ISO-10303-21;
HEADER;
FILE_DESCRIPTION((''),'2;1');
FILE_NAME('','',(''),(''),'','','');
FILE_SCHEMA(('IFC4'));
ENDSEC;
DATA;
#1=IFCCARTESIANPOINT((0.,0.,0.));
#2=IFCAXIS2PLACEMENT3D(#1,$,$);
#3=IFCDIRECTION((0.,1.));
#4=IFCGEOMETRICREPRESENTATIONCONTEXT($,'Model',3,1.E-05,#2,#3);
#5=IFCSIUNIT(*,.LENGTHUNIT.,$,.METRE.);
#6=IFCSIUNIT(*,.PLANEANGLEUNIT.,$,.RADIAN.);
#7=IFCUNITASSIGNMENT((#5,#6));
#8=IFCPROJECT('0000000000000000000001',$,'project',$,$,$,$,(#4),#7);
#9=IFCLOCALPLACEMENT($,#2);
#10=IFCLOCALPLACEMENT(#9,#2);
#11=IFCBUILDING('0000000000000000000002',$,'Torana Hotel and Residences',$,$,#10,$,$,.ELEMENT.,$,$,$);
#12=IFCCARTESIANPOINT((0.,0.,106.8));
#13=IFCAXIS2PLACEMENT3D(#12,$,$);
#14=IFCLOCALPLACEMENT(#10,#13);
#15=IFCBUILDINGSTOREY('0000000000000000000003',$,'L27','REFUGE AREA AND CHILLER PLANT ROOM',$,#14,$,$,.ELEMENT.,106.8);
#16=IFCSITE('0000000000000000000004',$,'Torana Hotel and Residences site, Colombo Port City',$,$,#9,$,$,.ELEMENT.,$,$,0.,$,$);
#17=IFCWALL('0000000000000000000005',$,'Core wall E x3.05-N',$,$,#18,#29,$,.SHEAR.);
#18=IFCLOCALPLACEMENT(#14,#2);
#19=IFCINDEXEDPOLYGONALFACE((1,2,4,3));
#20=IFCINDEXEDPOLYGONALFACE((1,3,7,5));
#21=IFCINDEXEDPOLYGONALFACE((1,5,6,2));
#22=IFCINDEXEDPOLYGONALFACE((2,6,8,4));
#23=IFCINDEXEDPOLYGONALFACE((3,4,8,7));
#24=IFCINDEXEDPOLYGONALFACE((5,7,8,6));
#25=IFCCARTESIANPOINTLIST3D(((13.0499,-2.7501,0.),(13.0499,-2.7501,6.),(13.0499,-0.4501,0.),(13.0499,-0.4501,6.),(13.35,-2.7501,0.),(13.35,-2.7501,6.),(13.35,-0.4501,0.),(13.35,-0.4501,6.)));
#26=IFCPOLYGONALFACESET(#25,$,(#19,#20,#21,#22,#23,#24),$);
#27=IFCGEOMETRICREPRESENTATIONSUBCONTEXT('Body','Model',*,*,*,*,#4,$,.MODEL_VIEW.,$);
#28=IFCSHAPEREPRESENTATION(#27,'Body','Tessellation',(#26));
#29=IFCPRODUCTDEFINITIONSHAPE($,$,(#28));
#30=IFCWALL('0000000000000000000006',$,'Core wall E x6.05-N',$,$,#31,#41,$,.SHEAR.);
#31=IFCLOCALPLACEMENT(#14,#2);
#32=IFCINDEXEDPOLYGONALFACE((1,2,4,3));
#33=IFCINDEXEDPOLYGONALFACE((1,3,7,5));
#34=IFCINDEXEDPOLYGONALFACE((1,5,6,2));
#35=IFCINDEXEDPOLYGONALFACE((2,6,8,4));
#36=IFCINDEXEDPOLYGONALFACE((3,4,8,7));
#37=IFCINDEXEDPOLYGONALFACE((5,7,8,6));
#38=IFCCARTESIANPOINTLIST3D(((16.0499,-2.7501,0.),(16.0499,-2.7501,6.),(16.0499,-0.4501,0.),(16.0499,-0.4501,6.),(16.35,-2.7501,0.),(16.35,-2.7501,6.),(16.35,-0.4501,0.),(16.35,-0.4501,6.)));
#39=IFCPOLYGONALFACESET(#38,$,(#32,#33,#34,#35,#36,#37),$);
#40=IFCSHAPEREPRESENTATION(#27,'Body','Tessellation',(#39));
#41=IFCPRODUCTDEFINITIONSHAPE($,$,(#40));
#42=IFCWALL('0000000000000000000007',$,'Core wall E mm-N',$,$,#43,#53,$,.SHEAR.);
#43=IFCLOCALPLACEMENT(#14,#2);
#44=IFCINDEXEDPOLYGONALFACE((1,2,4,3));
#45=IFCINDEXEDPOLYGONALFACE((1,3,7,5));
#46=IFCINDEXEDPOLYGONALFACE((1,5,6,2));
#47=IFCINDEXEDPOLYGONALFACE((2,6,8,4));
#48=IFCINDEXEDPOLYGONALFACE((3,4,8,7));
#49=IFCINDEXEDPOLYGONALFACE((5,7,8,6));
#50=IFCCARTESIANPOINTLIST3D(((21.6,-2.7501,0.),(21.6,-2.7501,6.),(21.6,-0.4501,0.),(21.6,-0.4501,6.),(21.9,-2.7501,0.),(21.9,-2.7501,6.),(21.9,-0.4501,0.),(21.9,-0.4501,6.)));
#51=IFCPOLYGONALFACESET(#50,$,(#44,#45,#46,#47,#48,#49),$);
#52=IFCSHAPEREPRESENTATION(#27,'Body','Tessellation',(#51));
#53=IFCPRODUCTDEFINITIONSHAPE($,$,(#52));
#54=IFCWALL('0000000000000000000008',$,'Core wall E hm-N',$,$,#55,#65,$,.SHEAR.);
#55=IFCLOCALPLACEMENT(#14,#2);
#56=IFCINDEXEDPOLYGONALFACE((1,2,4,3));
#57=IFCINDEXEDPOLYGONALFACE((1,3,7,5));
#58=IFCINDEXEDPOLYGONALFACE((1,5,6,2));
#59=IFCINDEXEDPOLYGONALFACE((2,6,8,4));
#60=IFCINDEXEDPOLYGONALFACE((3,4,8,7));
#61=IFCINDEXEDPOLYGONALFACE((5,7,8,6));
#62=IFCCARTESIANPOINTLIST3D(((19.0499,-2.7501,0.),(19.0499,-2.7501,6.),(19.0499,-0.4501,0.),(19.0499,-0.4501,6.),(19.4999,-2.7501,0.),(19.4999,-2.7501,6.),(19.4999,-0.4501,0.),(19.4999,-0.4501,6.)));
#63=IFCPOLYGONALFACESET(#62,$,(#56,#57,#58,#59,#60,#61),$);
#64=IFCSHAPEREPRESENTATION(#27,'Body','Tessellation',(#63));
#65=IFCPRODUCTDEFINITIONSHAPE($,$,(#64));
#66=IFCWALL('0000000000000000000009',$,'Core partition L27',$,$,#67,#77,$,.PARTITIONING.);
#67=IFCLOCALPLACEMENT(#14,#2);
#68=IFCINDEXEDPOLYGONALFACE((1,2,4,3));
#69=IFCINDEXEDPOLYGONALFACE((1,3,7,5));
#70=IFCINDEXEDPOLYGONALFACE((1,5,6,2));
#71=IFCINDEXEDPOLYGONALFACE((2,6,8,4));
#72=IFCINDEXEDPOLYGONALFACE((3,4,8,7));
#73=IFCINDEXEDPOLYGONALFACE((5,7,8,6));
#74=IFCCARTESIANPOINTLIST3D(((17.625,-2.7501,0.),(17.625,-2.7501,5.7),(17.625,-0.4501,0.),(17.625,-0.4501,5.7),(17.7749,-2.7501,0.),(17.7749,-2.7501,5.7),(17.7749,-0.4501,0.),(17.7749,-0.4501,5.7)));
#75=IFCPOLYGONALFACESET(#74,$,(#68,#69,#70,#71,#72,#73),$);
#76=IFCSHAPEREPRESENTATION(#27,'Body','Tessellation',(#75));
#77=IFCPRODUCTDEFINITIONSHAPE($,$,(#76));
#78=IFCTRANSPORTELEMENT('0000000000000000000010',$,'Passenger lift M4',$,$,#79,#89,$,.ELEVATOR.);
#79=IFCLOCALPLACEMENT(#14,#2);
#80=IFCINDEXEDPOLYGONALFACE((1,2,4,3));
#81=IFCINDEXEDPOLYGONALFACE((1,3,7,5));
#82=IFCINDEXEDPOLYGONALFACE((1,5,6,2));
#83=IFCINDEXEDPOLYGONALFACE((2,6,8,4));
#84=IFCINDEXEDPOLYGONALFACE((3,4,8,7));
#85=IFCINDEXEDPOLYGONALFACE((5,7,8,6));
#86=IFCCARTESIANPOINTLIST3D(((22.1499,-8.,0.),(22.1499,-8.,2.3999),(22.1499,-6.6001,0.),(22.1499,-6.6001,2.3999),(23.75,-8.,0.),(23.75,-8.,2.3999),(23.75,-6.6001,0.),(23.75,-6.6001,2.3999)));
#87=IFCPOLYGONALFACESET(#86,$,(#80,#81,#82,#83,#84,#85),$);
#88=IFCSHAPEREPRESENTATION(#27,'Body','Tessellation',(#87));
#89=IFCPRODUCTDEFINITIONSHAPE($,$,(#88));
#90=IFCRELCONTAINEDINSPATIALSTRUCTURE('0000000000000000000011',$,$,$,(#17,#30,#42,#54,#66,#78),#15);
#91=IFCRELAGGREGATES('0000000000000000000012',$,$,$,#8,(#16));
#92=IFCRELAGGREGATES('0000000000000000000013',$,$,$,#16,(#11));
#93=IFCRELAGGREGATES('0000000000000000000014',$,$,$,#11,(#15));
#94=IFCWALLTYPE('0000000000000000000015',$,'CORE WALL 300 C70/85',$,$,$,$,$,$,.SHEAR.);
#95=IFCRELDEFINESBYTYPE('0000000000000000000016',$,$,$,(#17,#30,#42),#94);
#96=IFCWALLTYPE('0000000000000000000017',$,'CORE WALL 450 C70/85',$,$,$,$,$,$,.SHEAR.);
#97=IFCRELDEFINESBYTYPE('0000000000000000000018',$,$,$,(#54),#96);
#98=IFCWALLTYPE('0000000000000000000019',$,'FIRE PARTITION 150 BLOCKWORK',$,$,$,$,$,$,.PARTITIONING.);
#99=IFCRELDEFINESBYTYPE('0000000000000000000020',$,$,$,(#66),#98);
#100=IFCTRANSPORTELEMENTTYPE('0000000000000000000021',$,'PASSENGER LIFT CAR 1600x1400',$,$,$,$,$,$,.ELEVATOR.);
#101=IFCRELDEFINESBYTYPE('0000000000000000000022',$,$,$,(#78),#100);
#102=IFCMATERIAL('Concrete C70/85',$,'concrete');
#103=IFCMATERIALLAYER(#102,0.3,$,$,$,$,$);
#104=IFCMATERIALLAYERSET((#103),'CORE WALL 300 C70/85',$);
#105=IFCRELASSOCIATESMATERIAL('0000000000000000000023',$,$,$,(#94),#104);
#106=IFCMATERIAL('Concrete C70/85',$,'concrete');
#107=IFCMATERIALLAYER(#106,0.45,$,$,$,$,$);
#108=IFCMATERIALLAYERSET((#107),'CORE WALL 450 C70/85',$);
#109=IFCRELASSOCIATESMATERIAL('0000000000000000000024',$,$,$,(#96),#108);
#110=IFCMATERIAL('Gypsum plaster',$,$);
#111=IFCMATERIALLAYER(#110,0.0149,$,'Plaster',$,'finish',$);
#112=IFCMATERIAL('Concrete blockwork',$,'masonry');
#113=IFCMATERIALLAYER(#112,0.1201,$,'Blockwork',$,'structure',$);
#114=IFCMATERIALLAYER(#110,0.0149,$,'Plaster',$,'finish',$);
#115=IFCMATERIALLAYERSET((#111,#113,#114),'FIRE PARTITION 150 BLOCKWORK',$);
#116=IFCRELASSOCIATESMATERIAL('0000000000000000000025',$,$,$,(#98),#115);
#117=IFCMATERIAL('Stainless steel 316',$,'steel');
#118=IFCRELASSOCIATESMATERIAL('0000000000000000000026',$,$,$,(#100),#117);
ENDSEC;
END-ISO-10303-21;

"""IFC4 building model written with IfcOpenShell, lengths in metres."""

from ifc_helpers import new_model, si_unit, direction, frame, frame_2d, origin, origin_2d, place, context, subcontext, project, spatial, rectangle, extrude, material, layer, layer_set, type_object, element, save


model = new_model("IFC4")

# Units and contexts
model_context = context("Model", 3, precision=1e-05, world=origin(), true_north=direction((0.0, 1.0)))
body_context = subcontext(model_context, "Body", "Model", "MODEL_VIEW")
ifc_project = project(units=[si_unit("LENGTHUNIT", "METRE"), si_unit("PLANEANGLEUNIT", "RADIAN")], contexts=[model_context])

# Site, building, storey
site_placement = place(None, origin())
site = spatial("IfcSite", under=ifc_project, at=site_placement, Name="Torana Hotel and Residences site, Colombo Port City", CompositionType="ELEMENT", RefElevation=0.0)
building_placement = place(site_placement, origin())
building = spatial("IfcBuilding", under=site, at=building_placement, Name="Torana Hotel and Residences", CompositionType="ELEMENT")
storey_placement = place(building_placement, frame((0.0, 0.0, 106.8)))
storey = spatial("IfcBuildingStorey", under=building, at=storey_placement, Name="L27", Description="REFUGE AREA AND CHILLER PLANT ROOM", CompositionType="ELEMENT", Elevation=106.8)

# Walls
ifc_material_1 = material(Name="Concrete C70/85", Category="concrete")
ifc_layer_1 = layer(ifc_material_1, 0.3)
ifc_layer_set_1 = layer_set([ifc_layer_1], Name="CORE WALL 300 C70/85")
wall_type_1 = type_object("IfcWallType", Name="CORE WALL 300 C70/85", PredefinedType="SHEAR", material=ifc_layer_set_1)
for number, where, z_axis, x_axis, name in (
    (1, (13.2, -2.75, 0.0), (0.0, 0.0, 1.0), (0.0, 1.0, 0.0), "Core wall E x3.05-N"),
    (2, (16.2, -2.75, 0.0), (0.0, 0.0, 1.0), (0.0, 1.0, 0.0), "Core wall E x6.05-N"),
    (3, (21.75, -2.75, 0.0), (0.0, 0.0, 1.0), (0.0, 1.0, 0.0), "Core wall E mm-N"),
):
    element("IfcWall", number, at=place(storey_placement, frame(where, z_axis=z_axis, x_axis=x_axis)), inside=storey, type_object=wall_type_1, Name=name, PredefinedType="SHEAR", context=body_context, shape_type="SweptSolid", body=[
        extrude(rectangle(XDim=2.3, YDim=0.3, at=frame_2d((1.1499, 0.0))), origin(), (0.0, 0.0, 1.0), 6.0),
    ])
ifc_material_2 = material(Name="Concrete C70/85", Category="concrete")
ifc_layer_2 = layer(ifc_material_2, 0.45)
ifc_layer_set_2 = layer_set([ifc_layer_2], Name="CORE WALL 450 C70/85")
wall_type_2 = type_object("IfcWallType", Name="CORE WALL 450 C70/85", PredefinedType="SHEAR", material=ifc_layer_set_2)
wall_1_placement = place(storey_placement, frame((19.2749, -2.75, 0.0), z_axis=(0.0, 0.0, 1.0), x_axis=(0.0, 1.0, 0.0)))
element("IfcWall", 4, at=wall_1_placement, inside=storey, type_object=wall_type_2, Name="Core wall E hm-N", PredefinedType="SHEAR", context=body_context, shape_type="SweptSolid", body=[
    extrude(rectangle(XDim=2.3, YDim=0.45, at=frame_2d((1.1499, 0.0))), origin(), (0.0, 0.0, 1.0), 6.0),
])
ifc_material_3 = material(Name="Gypsum plaster")
ifc_layer_3 = layer(ifc_material_3, 0.0149, Name="Plaster", Category="finish")
ifc_material_4 = material(Name="Concrete blockwork", Category="masonry")
ifc_layer_4 = layer(ifc_material_4, 0.1201, Name="Blockwork", Category="structure")
ifc_layer_5 = layer(ifc_material_3, 0.0149, Name="Plaster", Category="finish")
ifc_layer_set_3 = layer_set([ifc_layer_3, ifc_layer_4, ifc_layer_5], Name="FIRE PARTITION 150 BLOCKWORK")
wall_type_3 = type_object("IfcWallType", Name="FIRE PARTITION 150 BLOCKWORK", PredefinedType="PARTITIONING", material=ifc_layer_set_3)
wall_2_placement = place(storey_placement, frame((17.7, -2.75, 0.0), z_axis=(0.0, 0.0, 1.0), x_axis=(0.0, 1.0, 0.0)))
element("IfcWall", 5, at=wall_2_placement, inside=storey, type_object=wall_type_3, Name="Core partition L27", PredefinedType="PARTITIONING", context=body_context, shape_type="SweptSolid", body=[
    extrude(rectangle(XDim=2.3, YDim=0.1499, at=frame_2d((1.1499, 0.0))), origin(), (0.0, 0.0, 1.0), 5.7),
])

# Transport element
ifc_material_5 = material(Name="Stainless steel 316", Category="steel")
transport_element_type = type_object("IfcTransportElementType", Name="PASSENGER LIFT CAR 1600x1400", PredefinedType="ELEVATOR", material=ifc_material_5)
transport_element_placement = place(storey_placement, frame((22.95, -7.3, 0.0), z_axis=(0.0, 0.0, 1.0), x_axis=(1.0, 0.0, 0.0)))
element("IfcTransportElement", 6, at=transport_element_placement, inside=storey, type_object=transport_element_type, Name="Passenger lift M4", PredefinedType="ELEVATOR", context=body_context, shape_type="SweptSolid", body=[
    extrude(rectangle(XDim=1.6001, YDim=1.3999, at=origin_2d()), origin(), (0.0, 0.0, 1.0), 2.3999),
])

save(model, "model.ifc")
